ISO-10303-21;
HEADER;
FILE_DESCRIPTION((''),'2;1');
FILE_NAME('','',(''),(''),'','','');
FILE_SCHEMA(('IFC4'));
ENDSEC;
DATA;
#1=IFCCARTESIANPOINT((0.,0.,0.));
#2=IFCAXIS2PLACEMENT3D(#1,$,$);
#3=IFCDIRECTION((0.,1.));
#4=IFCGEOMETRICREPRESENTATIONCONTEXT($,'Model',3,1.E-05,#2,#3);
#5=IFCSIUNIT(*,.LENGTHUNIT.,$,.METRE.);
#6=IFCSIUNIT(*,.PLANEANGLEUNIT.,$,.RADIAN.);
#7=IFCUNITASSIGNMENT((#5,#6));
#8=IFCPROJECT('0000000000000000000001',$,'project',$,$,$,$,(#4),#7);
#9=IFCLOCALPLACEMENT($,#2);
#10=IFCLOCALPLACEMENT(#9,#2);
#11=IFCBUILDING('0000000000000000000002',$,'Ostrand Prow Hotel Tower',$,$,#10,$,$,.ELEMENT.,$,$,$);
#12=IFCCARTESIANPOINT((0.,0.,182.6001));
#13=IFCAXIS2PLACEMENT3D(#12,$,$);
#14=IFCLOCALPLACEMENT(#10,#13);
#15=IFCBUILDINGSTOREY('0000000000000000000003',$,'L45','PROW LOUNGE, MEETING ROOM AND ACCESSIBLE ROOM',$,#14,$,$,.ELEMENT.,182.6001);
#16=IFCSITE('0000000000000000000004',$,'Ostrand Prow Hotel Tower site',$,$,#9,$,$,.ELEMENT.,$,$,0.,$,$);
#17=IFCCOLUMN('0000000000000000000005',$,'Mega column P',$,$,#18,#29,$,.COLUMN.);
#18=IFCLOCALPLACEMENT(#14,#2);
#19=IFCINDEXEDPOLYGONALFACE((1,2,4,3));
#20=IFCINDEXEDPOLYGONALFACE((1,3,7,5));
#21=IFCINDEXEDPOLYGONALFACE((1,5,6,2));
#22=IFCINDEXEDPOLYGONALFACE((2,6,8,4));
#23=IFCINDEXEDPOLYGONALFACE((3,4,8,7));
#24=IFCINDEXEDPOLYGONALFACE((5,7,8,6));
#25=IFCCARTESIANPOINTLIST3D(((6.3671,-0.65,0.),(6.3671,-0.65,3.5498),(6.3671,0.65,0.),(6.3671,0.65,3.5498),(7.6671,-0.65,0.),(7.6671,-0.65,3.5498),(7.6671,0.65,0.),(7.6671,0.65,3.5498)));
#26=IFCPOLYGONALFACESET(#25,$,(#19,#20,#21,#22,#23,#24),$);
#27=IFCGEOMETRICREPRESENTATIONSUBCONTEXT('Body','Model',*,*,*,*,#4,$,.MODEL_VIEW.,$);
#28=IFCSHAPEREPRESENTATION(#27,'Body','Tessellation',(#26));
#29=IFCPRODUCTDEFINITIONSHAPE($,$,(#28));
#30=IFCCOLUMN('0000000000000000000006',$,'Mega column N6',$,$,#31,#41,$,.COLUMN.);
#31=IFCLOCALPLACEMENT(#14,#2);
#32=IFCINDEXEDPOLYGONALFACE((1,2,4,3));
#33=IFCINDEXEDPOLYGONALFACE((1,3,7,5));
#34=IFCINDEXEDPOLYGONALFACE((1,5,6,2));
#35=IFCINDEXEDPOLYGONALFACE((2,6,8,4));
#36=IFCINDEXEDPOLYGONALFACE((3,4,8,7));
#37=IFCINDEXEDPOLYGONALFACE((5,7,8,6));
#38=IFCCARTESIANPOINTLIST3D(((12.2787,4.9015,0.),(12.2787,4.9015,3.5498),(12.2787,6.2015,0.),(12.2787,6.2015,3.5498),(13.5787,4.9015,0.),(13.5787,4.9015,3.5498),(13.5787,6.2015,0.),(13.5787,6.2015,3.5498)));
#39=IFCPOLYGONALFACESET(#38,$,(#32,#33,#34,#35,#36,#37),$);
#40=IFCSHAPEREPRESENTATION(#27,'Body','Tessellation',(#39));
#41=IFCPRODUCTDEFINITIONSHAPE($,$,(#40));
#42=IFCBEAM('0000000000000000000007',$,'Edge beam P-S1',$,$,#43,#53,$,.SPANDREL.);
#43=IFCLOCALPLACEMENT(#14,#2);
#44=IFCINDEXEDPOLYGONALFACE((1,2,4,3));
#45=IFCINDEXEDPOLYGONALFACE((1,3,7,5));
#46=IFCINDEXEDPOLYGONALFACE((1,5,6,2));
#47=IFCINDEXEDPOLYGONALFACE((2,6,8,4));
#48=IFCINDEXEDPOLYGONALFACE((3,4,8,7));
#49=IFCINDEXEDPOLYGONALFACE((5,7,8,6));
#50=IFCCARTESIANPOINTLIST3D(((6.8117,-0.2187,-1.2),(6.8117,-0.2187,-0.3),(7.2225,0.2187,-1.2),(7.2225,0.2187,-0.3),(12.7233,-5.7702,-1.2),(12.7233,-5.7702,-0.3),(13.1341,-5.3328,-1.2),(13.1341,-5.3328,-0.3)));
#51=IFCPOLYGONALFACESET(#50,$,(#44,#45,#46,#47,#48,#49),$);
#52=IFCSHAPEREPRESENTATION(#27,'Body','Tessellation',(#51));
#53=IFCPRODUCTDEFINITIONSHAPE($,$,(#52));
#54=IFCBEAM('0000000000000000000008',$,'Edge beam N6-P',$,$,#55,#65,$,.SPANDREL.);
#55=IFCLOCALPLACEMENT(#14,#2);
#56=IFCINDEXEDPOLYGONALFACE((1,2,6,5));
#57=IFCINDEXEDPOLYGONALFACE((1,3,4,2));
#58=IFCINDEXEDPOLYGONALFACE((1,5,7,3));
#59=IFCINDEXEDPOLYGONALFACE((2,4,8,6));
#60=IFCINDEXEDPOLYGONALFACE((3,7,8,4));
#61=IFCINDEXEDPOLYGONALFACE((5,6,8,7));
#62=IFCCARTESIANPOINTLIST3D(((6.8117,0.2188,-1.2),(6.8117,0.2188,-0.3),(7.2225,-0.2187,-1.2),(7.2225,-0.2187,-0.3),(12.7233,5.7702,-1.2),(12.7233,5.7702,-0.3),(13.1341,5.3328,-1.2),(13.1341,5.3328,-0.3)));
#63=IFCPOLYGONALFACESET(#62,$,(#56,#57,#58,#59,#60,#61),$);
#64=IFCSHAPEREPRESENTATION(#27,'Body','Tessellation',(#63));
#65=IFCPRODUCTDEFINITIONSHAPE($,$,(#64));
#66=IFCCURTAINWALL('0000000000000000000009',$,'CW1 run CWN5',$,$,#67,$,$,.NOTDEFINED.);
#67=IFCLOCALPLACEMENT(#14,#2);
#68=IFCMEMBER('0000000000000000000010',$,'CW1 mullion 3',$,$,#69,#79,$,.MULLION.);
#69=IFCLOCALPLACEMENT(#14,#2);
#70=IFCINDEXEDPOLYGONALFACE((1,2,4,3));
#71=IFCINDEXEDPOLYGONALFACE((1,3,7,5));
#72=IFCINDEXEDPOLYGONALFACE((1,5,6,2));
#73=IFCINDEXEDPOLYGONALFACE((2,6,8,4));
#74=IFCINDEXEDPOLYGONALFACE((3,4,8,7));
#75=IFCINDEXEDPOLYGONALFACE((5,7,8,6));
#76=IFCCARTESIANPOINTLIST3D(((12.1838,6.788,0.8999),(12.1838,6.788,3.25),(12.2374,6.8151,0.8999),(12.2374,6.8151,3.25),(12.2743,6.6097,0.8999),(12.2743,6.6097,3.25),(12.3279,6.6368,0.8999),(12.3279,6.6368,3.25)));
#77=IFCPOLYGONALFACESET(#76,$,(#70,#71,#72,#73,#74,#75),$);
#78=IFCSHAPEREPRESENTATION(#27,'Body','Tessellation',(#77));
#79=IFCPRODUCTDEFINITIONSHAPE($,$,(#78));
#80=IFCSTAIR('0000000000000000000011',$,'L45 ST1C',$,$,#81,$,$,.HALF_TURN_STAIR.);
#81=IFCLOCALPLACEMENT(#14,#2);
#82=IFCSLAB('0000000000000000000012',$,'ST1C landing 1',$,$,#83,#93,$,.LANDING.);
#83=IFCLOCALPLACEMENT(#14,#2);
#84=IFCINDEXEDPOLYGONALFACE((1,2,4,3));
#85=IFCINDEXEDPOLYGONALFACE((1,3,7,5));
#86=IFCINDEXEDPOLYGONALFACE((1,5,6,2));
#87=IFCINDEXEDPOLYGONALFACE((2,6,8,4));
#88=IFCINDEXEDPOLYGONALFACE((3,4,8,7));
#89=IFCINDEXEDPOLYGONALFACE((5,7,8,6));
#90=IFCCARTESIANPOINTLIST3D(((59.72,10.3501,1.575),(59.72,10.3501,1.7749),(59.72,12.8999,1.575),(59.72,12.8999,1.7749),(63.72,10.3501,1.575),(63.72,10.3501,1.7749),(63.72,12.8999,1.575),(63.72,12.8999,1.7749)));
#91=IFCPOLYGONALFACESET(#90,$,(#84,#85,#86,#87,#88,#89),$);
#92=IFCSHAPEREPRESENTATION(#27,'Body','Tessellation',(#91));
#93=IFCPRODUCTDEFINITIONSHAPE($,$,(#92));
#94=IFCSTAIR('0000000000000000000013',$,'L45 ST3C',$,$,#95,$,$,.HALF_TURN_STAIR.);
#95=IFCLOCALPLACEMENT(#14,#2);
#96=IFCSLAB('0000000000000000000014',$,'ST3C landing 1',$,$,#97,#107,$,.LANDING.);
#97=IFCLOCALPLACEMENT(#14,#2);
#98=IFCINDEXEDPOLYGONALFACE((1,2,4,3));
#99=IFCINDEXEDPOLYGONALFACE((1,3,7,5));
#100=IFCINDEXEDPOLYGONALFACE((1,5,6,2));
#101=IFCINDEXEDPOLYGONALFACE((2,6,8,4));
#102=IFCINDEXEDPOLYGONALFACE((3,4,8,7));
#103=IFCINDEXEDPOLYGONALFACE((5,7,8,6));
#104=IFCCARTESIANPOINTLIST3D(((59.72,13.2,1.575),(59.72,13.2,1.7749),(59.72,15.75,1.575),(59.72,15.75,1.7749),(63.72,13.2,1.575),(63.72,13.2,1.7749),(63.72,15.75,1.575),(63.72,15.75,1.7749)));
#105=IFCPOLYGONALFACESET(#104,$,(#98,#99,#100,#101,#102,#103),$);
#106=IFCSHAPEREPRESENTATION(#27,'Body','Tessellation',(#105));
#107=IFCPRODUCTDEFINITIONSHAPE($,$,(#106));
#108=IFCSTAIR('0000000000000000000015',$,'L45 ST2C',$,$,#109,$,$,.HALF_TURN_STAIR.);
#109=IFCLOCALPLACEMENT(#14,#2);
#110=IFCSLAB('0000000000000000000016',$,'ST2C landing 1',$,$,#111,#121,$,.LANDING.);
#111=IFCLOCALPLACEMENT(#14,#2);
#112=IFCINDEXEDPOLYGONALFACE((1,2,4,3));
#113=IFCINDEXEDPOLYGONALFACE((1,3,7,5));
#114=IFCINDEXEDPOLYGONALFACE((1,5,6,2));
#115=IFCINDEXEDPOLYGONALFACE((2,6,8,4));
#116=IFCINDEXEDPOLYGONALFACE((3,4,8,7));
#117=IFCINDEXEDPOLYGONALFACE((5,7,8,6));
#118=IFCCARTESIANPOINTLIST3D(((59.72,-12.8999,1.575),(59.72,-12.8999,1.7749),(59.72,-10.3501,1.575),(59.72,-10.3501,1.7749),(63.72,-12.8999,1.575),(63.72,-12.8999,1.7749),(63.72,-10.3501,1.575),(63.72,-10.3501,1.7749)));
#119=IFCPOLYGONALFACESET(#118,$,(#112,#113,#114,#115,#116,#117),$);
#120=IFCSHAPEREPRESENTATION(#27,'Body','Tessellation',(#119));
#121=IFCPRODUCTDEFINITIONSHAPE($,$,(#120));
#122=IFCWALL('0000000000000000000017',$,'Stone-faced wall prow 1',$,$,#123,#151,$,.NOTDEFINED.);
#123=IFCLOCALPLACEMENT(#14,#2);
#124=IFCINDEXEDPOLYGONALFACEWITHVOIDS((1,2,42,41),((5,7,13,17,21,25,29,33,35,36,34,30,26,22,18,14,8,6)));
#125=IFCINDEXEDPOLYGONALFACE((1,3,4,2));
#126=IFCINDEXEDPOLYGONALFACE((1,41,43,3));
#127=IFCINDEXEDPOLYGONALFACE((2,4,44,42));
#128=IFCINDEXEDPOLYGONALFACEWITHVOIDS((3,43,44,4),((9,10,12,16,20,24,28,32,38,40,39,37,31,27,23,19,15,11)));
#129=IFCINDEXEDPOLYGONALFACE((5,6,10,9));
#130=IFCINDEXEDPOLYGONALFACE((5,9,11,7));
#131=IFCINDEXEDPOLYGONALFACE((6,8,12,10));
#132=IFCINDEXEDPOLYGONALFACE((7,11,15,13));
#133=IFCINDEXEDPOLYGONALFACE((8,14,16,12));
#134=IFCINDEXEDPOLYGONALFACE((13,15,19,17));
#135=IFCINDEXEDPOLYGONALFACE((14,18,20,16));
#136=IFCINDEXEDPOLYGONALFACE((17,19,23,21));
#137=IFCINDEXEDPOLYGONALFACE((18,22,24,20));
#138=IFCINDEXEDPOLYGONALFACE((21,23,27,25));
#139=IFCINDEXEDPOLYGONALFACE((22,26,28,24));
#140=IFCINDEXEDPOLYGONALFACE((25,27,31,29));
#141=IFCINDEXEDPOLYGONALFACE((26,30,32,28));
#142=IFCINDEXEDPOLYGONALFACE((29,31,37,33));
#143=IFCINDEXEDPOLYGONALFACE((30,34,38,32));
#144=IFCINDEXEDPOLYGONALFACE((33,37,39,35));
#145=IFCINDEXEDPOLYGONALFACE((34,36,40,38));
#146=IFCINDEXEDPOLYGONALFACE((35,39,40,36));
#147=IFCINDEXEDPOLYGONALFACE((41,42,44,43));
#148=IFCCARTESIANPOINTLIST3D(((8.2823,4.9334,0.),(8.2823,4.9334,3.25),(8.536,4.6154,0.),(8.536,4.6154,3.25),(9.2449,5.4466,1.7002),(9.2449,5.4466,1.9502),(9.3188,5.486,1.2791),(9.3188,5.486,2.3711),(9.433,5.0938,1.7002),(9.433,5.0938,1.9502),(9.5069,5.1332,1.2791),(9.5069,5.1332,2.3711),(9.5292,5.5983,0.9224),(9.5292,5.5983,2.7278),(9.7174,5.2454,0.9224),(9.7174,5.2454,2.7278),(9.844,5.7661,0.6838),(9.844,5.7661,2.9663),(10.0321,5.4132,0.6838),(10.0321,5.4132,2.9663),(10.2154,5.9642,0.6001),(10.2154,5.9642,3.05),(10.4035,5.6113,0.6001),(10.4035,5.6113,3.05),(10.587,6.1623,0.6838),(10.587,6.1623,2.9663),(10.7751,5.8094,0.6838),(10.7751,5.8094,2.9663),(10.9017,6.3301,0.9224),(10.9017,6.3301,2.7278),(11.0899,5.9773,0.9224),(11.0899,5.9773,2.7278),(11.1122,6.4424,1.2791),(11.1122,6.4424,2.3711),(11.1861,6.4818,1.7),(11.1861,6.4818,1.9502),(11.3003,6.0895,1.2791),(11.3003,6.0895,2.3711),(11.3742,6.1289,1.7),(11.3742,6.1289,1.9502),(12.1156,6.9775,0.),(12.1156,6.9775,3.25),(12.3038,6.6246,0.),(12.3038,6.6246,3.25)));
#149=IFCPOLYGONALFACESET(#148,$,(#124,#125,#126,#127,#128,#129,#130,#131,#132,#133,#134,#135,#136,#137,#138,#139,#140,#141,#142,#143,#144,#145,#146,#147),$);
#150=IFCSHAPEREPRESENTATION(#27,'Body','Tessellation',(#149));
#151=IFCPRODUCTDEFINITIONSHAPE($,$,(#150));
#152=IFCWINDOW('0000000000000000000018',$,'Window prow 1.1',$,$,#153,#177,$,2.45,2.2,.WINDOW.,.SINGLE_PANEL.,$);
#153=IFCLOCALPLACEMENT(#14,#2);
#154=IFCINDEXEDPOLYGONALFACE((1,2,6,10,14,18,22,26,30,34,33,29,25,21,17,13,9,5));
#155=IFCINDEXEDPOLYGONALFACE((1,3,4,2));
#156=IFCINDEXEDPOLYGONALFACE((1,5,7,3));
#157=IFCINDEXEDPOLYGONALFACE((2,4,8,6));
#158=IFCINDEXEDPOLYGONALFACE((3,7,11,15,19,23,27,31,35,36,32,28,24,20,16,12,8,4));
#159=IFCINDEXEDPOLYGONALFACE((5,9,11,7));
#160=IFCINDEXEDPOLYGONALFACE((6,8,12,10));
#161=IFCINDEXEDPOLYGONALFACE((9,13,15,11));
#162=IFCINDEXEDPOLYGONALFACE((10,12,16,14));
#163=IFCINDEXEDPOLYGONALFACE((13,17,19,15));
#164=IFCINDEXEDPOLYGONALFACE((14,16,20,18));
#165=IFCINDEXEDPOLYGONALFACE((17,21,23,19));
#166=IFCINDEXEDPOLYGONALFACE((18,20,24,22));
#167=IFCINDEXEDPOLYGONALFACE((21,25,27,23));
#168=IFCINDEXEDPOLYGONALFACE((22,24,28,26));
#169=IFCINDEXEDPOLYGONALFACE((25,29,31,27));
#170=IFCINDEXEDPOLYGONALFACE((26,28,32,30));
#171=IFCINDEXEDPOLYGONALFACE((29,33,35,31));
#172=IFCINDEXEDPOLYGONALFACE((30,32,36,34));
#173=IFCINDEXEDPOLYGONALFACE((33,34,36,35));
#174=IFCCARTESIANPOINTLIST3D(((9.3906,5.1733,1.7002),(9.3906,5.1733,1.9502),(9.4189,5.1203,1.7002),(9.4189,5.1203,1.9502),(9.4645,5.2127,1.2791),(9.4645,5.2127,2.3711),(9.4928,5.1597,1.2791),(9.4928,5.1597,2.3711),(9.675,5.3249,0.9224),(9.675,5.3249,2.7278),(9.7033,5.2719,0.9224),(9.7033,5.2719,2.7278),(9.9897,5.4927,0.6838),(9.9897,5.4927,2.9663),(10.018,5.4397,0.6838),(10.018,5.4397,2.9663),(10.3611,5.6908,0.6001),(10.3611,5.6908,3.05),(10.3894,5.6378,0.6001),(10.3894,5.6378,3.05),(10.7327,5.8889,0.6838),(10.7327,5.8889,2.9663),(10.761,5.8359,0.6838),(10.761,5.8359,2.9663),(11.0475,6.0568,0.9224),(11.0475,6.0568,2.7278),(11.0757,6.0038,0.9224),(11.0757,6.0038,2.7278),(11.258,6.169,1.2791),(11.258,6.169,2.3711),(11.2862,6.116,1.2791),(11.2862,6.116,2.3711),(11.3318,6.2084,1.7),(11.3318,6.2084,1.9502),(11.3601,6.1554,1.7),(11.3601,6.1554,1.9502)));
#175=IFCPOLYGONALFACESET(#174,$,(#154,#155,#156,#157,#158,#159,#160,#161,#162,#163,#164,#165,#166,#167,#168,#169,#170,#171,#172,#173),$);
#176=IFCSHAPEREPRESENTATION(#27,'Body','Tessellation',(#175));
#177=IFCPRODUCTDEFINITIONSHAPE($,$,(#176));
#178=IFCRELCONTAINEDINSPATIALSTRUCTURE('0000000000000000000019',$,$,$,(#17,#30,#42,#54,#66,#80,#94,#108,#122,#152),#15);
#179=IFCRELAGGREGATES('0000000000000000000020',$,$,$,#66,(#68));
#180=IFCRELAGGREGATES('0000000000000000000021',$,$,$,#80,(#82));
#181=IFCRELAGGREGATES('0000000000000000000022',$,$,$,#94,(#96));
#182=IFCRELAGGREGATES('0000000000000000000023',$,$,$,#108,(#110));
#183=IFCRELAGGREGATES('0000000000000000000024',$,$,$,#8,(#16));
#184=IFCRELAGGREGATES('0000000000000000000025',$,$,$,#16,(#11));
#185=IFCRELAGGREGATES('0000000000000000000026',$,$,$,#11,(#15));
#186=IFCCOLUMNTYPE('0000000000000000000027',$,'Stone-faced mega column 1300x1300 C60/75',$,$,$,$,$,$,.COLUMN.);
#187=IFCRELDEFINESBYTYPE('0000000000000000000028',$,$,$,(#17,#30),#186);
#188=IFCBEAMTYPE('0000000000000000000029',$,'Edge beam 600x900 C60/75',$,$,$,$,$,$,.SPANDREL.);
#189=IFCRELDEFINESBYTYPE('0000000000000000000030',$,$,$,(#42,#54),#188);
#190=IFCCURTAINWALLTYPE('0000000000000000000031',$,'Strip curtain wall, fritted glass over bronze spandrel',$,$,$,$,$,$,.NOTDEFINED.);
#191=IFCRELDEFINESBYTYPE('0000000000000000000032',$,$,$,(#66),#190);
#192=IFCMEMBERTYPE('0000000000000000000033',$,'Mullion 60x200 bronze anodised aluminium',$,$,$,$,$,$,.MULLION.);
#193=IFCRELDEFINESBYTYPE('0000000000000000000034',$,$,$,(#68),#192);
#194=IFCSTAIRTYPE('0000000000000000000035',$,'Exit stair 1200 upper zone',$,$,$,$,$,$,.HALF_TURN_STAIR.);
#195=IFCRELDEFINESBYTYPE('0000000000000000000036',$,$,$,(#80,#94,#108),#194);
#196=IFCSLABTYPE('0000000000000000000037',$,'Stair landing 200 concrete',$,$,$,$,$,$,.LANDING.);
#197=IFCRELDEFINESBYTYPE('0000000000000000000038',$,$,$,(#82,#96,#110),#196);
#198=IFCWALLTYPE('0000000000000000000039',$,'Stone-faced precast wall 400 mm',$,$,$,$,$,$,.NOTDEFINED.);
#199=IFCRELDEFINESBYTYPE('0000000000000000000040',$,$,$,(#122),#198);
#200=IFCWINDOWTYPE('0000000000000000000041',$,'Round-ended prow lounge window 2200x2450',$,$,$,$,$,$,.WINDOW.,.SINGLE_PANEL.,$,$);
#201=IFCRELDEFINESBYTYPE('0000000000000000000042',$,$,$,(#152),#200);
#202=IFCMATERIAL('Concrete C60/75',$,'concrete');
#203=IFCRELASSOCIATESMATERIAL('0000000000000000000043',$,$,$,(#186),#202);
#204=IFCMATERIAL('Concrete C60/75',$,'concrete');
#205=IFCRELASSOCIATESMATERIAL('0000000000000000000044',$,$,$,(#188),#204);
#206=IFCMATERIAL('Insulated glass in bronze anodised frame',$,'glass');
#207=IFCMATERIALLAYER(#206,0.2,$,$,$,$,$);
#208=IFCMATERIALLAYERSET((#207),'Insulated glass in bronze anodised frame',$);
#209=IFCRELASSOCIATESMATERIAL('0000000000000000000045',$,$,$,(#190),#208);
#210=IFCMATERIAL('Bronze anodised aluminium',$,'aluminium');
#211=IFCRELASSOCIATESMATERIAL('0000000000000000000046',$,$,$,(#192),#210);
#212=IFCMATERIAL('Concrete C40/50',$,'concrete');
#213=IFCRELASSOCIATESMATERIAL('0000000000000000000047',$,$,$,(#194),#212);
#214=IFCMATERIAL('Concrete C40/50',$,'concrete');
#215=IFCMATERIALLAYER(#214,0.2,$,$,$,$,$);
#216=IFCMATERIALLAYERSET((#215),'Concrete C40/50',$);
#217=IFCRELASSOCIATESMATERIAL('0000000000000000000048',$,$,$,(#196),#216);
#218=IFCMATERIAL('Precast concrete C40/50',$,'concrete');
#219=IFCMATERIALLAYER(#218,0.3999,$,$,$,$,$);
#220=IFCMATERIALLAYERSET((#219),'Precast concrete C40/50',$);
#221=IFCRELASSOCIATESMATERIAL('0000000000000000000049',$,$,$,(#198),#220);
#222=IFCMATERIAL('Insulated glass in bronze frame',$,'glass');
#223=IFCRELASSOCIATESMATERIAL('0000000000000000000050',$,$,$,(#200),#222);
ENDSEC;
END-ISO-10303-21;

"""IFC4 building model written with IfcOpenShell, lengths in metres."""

from ifc_helpers import new_model, si_unit, direction, frame, origin, origin_2d, place, context, subcontext, project, spatial, polyline, rectangle, outline, extrude, material, layer, layer_set, material_profile, profile_set, type_object, element, fill, aggregate, save


model = new_model("IFC4")

# Units and contexts
model_context = context("Model", 3, precision=1e-05, world=origin(), true_north=direction((0.0, 1.0)))
body_context = subcontext(model_context, "Body", "Model", "MODEL_VIEW")
ifc_project = project(units=[si_unit("LENGTHUNIT", "METRE"), si_unit("PLANEANGLEUNIT", "RADIAN")], contexts=[model_context])

# Site, building, storey
site_placement = place(None, origin())
site = spatial("IfcSite", under=ifc_project, at=site_placement, Name="Ostrand Prow Hotel Tower site", CompositionType="ELEMENT", RefElevation=0.0)
building_placement = place(site_placement, origin())
building = spatial("IfcBuilding", under=site, at=building_placement, Name="Ostrand Prow Hotel Tower", CompositionType="ELEMENT")
storey_placement = place(building_placement, frame((0.0, 0.0, 182.6001)))
storey = spatial("IfcBuildingStorey", under=building, at=storey_placement, Name="L45", Description="PROW LOUNGE, MEETING ROOM AND ACCESSIBLE ROOM", CompositionType="ELEMENT", Elevation=182.6001)

# Columns
ifc_material_1 = material(Name="Concrete C60/75", Category="concrete")
ifc_material_profile_1 = material_profile(ifc_material_1, rectangle(XDim=1.3, YDim=1.3, at=origin_2d()), Name="RC 1300x1300")
ifc_profile_set_1 = profile_set([ifc_material_profile_1], Name="Concrete C60/75")
column_type = type_object("IfcColumnType", Name="Stone-faced mega column 1300x1300 C60/75", PredefinedType="COLUMN", material=ifc_profile_set_1)
for number, where, z_axis, x_axis, name in (
    (1, (7.0171, 0.0, 0.0), (0.0, 0.0, 1.0), (1.0, 0.0, 0.0), "Mega column P"),
    (2, (12.9287, 5.5515, 0.0), (0.0, 0.0, 1.0), (1.0, 0.0, 0.0), "Mega column N6"),
):
    element("IfcColumn", number, at=place(storey_placement, frame(where, z_axis=z_axis, x_axis=x_axis)), inside=storey, type_object=column_type, Name=name, PredefinedType="COLUMN", context=body_context, shape_type="SweptSolid", body=[
        extrude(rectangle(XDim=1.3, YDim=1.3, at=origin_2d()), origin(), (0.0, 0.0, 1.0), 3.5498),
    ])

# Beams
ifc_material_2 = material(Name="Concrete C60/75", Category="concrete")
ifc_material_profile_2 = material_profile(ifc_material_2, rectangle(XDim=0.6001, YDim=0.8999, at=origin_2d()), Name="RC 600x900")
ifc_profile_set_2 = profile_set([ifc_material_profile_2], Name="Concrete C60/75")
beam_type = type_object("IfcBeamType", Name="Edge beam 600x900 C60/75", PredefinedType="SPANDREL", material=ifc_profile_set_2)
for number, where, z_axis, x_axis, name in (
    (3, (7.0171, 0.0, -0.75), (0.728961, -0.684556, 0.0), (0.684556, 0.728961, 0.0), "Edge beam P-S1"),
    (4, (12.9287, 5.5515, -0.75), (-0.728961, -0.684556, 0.0), (0.684556, -0.728961, 0.0), "Edge beam N6-P"),
):
    element("IfcBeam", number, at=place(storey_placement, frame(where, z_axis=z_axis, x_axis=x_axis)), inside=storey, type_object=beam_type, Name=name, PredefinedType="SPANDREL", context=body_context, shape_type="SweptSolid", body=[
        extrude(rectangle(XDim=0.6001, YDim=0.8999, at=origin_2d()), origin(), (0.0, 0.0, 1.0), 8.1096),
    ])

# Curtain wall, member
ifc_material_3 = material(Name="Insulated glass in bronze anodised frame", Category="glass")
ifc_layer_1 = layer(ifc_material_3, 0.2)
ifc_layer_set_1 = layer_set([ifc_layer_1], Name="Insulated glass in bronze anodised frame")
curtain_wall_type = type_object("IfcCurtainWallType", Name="Strip curtain wall, fritted glass over bronze spandrel", PredefinedType="NOTDEFINED", material=ifc_layer_set_1)
curtain_wall_placement = place(storey_placement, origin())
curtain_wall = element("IfcCurtainWall", 5, at=curtain_wall_placement, inside=storey, type_object=curtain_wall_type, Name="CW1 run CWN5", PredefinedType="NOTDEFINED")
ifc_material_4 = material(Name="Bronze anodised aluminium", Category="aluminium")
ifc_material_profile_3 = material_profile(ifc_material_4, rectangle(XDim=0.2, YDim=0.0601, at=origin_2d()), Name="Mullion 60x200 bronze anodised aluminium")
ifc_profile_set_3 = profile_set([ifc_material_profile_3], Name="Bronze anodised aluminium")
member_type = type_object("IfcMemberType", Name="Mullion 60x200 bronze anodised aluminium", PredefinedType="MULLION", material=ifc_profile_set_3)
member_placement = place(storey_placement, frame((12.2559, 6.7124, 0.8999), z_axis=(0.0, 0.0, 1.0), x_axis=(0.452659, -0.891684, 0.0)))
member = element("IfcMember", 6, at=member_placement, type_object=member_type, Name="CW1 mullion 3", PredefinedType="MULLION", context=body_context, shape_type="SweptSolid", body=[
    extrude(rectangle(XDim=0.2, YDim=0.0601, at=origin_2d()), origin(), (0.0, 0.0, 1.0), 2.3501),
])
aggregate(curtain_wall, [member])

# Stairs, slabs
ifc_material_5 = material(Name="Concrete C40/50", Category="concrete")
stair_type = type_object("IfcStairType", Name="Exit stair 1200 upper zone", PredefinedType="HALF_TURN_STAIR", material=ifc_material_5)
stair_1_placement = place(storey_placement, origin())
stair_1 = element("IfcStair", 7, at=stair_1_placement, inside=storey, type_object=stair_type, Name="L45 ST1C", PredefinedType="HALF_TURN_STAIR")
ifc_material_6 = material(Name="Concrete C40/50", Category="concrete")
ifc_layer_2 = layer(ifc_material_6, 0.2)
ifc_layer_set_2 = layer_set([ifc_layer_2], Name="Concrete C40/50")
slab_type = type_object("IfcSlabType", Name="Stair landing 200 concrete", PredefinedType="LANDING", material=ifc_layer_set_2)
slab_1_placement = place(storey_placement, frame((0.0, 0.0, 1.575)))
slab_1 = element("IfcSlab", 8, at=slab_1_placement, type_object=slab_type, Name="ST1C landing 1", PredefinedType="LANDING", context=body_context, shape_type="SweptSolid", body=[
    extrude(outline(polyline([(59.72, 10.3501), (63.72, 10.3501), (63.72, 12.8999), (59.72, 12.8999), (59.72, 10.3501)])), origin(), (0.0, 0.0, 1.0), 0.2),
])
aggregate(stair_1, [slab_1])
stair_2_placement = place(storey_placement, origin())
stair_2 = element("IfcStair", 9, at=stair_2_placement, inside=storey, type_object=stair_type, Name="L45 ST3C", PredefinedType="HALF_TURN_STAIR")
slab_2_placement = place(storey_placement, frame((0.0, 0.0, 1.575)))
slab_2 = element("IfcSlab", 10, at=slab_2_placement, type_object=slab_type, Name="ST3C landing 1", PredefinedType="LANDING", context=body_context, shape_type="SweptSolid", body=[
    extrude(outline(polyline([(59.72, 13.2), (63.72, 13.2), (63.72, 15.75), (59.72, 15.75), (59.72, 13.2)])), origin(), (0.0, 0.0, 1.0), 0.2),
])
aggregate(stair_2, [slab_2])
stair_3_placement = place(storey_placement, origin())
stair_3 = element("IfcStair", 11, at=stair_3_placement, inside=storey, type_object=stair_type, Name="L45 ST2C", PredefinedType="HALF_TURN_STAIR")
slab_3_placement = place(storey_placement, frame((0.0, 0.0, 1.575)))
slab_3 = element("IfcSlab", 12, at=slab_3_placement, type_object=slab_type, Name="ST2C landing 1", PredefinedType="LANDING", context=body_context, shape_type="SweptSolid", body=[
    extrude(outline(polyline([(59.72, -12.8999), (63.72, -12.8999), (63.72, -10.3501), (59.72, -10.3501), (59.72, -12.8999)])), origin(), (0.0, 0.0, 1.0), 0.2),
])
aggregate(stair_3, [slab_3])

# Wall, opening, window
ifc_material_7 = material(Name="Precast concrete C40/50", Category="concrete")
ifc_layer_3 = layer(ifc_material_7, 0.3999)
ifc_layer_set_3 = layer_set([ifc_layer_3], Name="Precast concrete C40/50")
wall_type = type_object("IfcWallType", Name="Stone-faced precast wall 400 mm", PredefinedType="NOTDEFINED", material=ifc_layer_set_3)
wall_1_placement = place(storey_placement, frame((12.2097, 6.801, 0.0), z_axis=(0.0, 0.0, 1.0), x_axis=(-0.882386, -0.470526, 0.0)))
wall_1 = element("IfcWall", 13, at=wall_1_placement, inside=storey, type_object=wall_type, Name="Stone-faced wall prow 1", PredefinedType="NOTDEFINED", context=body_context, shape_type="SweptSolid", body=[
    extrude(outline(polyline([(0.0, -0.2), (4.3442, -0.2), (4.27, 0.2), (0.0, 0.2), (0.0, -0.2)])), origin(), (0.0, 0.0, 1.0), 3.25),
])
opening_1_placement = place(wall_1_placement, frame((1.0535, 0.0, 0.6001)))
opening_1 = element("IfcOpeningElement", 14, at=opening_1_placement, cuts=wall_1, PredefinedType="OPENING", context=body_context, shape_type="SweptSolid", body=[
    extrude(outline(polyline([(0.0, 1.3501), (0.0837, 1.771), (0.3223, 2.1277), (0.679, 2.3662), (1.1001, 2.45), (1.521, 2.3662), (1.8777, 2.1277), (2.1162, 1.771), (2.2, 1.3501), (2.2, 1.1001), (2.1162, 0.679), (1.8777, 0.3223), (1.521, 0.0837), (1.1001, 0.0), (0.679, 0.0837), (0.3223, 0.3223), (0.0837, 0.679), (0.0, 1.0999), (0.0, 1.3501)])), frame((0.0, 0.21, 0.0), z_axis=(0.0, -1.0, 0.0), x_axis=(1.0, 0.0, 0.0)), (0.0, 0.0, 1.0), 0.4199),
])
ifc_material_8 = material(Name="Insulated glass in bronze frame", Category="glass")
window_type = type_object("IfcWindowType", Name="Round-ended prow lounge window 2200x2450", PartitioningType="SINGLE_PANEL", PredefinedType="WINDOW", material=ifc_material_8)
window_1_placement = place(opening_1_placement, origin())
window_1 = element("IfcWindow", 15, at=window_1_placement, inside=storey, type_object=window_type, Name="Window prow 1.1", OverallHeight=2.45, OverallWidth=2.2, PartitioningType="SINGLE_PANEL", PredefinedType="WINDOW", context=body_context, shape_type="SweptSolid", body=[
    extrude(outline(polyline([(0.0, 1.3501), (0.0837, 1.771), (0.3223, 2.1277), (0.679, 2.3662), (1.1001, 2.45), (1.521, 2.3662), (1.8777, 2.1277), (2.1162, 1.771), (2.2, 1.3501), (2.2, 1.1001), (2.1162, 0.679), (1.8777, 0.3223), (1.521, 0.0837), (1.1001, 0.0), (0.679, 0.0837), (0.3223, 0.3223), (0.0837, 0.679), (0.0, 1.0999), (0.0, 1.3501)])), frame((0.0, 0.1699, 0.0), z_axis=(0.0, -1.0, 0.0), x_axis=(1.0, 0.0, 0.0)), (0.0, 0.0, 1.0), 0.0601),
])
fill(opening_1, window_1)

save(model, "model.ifc")
